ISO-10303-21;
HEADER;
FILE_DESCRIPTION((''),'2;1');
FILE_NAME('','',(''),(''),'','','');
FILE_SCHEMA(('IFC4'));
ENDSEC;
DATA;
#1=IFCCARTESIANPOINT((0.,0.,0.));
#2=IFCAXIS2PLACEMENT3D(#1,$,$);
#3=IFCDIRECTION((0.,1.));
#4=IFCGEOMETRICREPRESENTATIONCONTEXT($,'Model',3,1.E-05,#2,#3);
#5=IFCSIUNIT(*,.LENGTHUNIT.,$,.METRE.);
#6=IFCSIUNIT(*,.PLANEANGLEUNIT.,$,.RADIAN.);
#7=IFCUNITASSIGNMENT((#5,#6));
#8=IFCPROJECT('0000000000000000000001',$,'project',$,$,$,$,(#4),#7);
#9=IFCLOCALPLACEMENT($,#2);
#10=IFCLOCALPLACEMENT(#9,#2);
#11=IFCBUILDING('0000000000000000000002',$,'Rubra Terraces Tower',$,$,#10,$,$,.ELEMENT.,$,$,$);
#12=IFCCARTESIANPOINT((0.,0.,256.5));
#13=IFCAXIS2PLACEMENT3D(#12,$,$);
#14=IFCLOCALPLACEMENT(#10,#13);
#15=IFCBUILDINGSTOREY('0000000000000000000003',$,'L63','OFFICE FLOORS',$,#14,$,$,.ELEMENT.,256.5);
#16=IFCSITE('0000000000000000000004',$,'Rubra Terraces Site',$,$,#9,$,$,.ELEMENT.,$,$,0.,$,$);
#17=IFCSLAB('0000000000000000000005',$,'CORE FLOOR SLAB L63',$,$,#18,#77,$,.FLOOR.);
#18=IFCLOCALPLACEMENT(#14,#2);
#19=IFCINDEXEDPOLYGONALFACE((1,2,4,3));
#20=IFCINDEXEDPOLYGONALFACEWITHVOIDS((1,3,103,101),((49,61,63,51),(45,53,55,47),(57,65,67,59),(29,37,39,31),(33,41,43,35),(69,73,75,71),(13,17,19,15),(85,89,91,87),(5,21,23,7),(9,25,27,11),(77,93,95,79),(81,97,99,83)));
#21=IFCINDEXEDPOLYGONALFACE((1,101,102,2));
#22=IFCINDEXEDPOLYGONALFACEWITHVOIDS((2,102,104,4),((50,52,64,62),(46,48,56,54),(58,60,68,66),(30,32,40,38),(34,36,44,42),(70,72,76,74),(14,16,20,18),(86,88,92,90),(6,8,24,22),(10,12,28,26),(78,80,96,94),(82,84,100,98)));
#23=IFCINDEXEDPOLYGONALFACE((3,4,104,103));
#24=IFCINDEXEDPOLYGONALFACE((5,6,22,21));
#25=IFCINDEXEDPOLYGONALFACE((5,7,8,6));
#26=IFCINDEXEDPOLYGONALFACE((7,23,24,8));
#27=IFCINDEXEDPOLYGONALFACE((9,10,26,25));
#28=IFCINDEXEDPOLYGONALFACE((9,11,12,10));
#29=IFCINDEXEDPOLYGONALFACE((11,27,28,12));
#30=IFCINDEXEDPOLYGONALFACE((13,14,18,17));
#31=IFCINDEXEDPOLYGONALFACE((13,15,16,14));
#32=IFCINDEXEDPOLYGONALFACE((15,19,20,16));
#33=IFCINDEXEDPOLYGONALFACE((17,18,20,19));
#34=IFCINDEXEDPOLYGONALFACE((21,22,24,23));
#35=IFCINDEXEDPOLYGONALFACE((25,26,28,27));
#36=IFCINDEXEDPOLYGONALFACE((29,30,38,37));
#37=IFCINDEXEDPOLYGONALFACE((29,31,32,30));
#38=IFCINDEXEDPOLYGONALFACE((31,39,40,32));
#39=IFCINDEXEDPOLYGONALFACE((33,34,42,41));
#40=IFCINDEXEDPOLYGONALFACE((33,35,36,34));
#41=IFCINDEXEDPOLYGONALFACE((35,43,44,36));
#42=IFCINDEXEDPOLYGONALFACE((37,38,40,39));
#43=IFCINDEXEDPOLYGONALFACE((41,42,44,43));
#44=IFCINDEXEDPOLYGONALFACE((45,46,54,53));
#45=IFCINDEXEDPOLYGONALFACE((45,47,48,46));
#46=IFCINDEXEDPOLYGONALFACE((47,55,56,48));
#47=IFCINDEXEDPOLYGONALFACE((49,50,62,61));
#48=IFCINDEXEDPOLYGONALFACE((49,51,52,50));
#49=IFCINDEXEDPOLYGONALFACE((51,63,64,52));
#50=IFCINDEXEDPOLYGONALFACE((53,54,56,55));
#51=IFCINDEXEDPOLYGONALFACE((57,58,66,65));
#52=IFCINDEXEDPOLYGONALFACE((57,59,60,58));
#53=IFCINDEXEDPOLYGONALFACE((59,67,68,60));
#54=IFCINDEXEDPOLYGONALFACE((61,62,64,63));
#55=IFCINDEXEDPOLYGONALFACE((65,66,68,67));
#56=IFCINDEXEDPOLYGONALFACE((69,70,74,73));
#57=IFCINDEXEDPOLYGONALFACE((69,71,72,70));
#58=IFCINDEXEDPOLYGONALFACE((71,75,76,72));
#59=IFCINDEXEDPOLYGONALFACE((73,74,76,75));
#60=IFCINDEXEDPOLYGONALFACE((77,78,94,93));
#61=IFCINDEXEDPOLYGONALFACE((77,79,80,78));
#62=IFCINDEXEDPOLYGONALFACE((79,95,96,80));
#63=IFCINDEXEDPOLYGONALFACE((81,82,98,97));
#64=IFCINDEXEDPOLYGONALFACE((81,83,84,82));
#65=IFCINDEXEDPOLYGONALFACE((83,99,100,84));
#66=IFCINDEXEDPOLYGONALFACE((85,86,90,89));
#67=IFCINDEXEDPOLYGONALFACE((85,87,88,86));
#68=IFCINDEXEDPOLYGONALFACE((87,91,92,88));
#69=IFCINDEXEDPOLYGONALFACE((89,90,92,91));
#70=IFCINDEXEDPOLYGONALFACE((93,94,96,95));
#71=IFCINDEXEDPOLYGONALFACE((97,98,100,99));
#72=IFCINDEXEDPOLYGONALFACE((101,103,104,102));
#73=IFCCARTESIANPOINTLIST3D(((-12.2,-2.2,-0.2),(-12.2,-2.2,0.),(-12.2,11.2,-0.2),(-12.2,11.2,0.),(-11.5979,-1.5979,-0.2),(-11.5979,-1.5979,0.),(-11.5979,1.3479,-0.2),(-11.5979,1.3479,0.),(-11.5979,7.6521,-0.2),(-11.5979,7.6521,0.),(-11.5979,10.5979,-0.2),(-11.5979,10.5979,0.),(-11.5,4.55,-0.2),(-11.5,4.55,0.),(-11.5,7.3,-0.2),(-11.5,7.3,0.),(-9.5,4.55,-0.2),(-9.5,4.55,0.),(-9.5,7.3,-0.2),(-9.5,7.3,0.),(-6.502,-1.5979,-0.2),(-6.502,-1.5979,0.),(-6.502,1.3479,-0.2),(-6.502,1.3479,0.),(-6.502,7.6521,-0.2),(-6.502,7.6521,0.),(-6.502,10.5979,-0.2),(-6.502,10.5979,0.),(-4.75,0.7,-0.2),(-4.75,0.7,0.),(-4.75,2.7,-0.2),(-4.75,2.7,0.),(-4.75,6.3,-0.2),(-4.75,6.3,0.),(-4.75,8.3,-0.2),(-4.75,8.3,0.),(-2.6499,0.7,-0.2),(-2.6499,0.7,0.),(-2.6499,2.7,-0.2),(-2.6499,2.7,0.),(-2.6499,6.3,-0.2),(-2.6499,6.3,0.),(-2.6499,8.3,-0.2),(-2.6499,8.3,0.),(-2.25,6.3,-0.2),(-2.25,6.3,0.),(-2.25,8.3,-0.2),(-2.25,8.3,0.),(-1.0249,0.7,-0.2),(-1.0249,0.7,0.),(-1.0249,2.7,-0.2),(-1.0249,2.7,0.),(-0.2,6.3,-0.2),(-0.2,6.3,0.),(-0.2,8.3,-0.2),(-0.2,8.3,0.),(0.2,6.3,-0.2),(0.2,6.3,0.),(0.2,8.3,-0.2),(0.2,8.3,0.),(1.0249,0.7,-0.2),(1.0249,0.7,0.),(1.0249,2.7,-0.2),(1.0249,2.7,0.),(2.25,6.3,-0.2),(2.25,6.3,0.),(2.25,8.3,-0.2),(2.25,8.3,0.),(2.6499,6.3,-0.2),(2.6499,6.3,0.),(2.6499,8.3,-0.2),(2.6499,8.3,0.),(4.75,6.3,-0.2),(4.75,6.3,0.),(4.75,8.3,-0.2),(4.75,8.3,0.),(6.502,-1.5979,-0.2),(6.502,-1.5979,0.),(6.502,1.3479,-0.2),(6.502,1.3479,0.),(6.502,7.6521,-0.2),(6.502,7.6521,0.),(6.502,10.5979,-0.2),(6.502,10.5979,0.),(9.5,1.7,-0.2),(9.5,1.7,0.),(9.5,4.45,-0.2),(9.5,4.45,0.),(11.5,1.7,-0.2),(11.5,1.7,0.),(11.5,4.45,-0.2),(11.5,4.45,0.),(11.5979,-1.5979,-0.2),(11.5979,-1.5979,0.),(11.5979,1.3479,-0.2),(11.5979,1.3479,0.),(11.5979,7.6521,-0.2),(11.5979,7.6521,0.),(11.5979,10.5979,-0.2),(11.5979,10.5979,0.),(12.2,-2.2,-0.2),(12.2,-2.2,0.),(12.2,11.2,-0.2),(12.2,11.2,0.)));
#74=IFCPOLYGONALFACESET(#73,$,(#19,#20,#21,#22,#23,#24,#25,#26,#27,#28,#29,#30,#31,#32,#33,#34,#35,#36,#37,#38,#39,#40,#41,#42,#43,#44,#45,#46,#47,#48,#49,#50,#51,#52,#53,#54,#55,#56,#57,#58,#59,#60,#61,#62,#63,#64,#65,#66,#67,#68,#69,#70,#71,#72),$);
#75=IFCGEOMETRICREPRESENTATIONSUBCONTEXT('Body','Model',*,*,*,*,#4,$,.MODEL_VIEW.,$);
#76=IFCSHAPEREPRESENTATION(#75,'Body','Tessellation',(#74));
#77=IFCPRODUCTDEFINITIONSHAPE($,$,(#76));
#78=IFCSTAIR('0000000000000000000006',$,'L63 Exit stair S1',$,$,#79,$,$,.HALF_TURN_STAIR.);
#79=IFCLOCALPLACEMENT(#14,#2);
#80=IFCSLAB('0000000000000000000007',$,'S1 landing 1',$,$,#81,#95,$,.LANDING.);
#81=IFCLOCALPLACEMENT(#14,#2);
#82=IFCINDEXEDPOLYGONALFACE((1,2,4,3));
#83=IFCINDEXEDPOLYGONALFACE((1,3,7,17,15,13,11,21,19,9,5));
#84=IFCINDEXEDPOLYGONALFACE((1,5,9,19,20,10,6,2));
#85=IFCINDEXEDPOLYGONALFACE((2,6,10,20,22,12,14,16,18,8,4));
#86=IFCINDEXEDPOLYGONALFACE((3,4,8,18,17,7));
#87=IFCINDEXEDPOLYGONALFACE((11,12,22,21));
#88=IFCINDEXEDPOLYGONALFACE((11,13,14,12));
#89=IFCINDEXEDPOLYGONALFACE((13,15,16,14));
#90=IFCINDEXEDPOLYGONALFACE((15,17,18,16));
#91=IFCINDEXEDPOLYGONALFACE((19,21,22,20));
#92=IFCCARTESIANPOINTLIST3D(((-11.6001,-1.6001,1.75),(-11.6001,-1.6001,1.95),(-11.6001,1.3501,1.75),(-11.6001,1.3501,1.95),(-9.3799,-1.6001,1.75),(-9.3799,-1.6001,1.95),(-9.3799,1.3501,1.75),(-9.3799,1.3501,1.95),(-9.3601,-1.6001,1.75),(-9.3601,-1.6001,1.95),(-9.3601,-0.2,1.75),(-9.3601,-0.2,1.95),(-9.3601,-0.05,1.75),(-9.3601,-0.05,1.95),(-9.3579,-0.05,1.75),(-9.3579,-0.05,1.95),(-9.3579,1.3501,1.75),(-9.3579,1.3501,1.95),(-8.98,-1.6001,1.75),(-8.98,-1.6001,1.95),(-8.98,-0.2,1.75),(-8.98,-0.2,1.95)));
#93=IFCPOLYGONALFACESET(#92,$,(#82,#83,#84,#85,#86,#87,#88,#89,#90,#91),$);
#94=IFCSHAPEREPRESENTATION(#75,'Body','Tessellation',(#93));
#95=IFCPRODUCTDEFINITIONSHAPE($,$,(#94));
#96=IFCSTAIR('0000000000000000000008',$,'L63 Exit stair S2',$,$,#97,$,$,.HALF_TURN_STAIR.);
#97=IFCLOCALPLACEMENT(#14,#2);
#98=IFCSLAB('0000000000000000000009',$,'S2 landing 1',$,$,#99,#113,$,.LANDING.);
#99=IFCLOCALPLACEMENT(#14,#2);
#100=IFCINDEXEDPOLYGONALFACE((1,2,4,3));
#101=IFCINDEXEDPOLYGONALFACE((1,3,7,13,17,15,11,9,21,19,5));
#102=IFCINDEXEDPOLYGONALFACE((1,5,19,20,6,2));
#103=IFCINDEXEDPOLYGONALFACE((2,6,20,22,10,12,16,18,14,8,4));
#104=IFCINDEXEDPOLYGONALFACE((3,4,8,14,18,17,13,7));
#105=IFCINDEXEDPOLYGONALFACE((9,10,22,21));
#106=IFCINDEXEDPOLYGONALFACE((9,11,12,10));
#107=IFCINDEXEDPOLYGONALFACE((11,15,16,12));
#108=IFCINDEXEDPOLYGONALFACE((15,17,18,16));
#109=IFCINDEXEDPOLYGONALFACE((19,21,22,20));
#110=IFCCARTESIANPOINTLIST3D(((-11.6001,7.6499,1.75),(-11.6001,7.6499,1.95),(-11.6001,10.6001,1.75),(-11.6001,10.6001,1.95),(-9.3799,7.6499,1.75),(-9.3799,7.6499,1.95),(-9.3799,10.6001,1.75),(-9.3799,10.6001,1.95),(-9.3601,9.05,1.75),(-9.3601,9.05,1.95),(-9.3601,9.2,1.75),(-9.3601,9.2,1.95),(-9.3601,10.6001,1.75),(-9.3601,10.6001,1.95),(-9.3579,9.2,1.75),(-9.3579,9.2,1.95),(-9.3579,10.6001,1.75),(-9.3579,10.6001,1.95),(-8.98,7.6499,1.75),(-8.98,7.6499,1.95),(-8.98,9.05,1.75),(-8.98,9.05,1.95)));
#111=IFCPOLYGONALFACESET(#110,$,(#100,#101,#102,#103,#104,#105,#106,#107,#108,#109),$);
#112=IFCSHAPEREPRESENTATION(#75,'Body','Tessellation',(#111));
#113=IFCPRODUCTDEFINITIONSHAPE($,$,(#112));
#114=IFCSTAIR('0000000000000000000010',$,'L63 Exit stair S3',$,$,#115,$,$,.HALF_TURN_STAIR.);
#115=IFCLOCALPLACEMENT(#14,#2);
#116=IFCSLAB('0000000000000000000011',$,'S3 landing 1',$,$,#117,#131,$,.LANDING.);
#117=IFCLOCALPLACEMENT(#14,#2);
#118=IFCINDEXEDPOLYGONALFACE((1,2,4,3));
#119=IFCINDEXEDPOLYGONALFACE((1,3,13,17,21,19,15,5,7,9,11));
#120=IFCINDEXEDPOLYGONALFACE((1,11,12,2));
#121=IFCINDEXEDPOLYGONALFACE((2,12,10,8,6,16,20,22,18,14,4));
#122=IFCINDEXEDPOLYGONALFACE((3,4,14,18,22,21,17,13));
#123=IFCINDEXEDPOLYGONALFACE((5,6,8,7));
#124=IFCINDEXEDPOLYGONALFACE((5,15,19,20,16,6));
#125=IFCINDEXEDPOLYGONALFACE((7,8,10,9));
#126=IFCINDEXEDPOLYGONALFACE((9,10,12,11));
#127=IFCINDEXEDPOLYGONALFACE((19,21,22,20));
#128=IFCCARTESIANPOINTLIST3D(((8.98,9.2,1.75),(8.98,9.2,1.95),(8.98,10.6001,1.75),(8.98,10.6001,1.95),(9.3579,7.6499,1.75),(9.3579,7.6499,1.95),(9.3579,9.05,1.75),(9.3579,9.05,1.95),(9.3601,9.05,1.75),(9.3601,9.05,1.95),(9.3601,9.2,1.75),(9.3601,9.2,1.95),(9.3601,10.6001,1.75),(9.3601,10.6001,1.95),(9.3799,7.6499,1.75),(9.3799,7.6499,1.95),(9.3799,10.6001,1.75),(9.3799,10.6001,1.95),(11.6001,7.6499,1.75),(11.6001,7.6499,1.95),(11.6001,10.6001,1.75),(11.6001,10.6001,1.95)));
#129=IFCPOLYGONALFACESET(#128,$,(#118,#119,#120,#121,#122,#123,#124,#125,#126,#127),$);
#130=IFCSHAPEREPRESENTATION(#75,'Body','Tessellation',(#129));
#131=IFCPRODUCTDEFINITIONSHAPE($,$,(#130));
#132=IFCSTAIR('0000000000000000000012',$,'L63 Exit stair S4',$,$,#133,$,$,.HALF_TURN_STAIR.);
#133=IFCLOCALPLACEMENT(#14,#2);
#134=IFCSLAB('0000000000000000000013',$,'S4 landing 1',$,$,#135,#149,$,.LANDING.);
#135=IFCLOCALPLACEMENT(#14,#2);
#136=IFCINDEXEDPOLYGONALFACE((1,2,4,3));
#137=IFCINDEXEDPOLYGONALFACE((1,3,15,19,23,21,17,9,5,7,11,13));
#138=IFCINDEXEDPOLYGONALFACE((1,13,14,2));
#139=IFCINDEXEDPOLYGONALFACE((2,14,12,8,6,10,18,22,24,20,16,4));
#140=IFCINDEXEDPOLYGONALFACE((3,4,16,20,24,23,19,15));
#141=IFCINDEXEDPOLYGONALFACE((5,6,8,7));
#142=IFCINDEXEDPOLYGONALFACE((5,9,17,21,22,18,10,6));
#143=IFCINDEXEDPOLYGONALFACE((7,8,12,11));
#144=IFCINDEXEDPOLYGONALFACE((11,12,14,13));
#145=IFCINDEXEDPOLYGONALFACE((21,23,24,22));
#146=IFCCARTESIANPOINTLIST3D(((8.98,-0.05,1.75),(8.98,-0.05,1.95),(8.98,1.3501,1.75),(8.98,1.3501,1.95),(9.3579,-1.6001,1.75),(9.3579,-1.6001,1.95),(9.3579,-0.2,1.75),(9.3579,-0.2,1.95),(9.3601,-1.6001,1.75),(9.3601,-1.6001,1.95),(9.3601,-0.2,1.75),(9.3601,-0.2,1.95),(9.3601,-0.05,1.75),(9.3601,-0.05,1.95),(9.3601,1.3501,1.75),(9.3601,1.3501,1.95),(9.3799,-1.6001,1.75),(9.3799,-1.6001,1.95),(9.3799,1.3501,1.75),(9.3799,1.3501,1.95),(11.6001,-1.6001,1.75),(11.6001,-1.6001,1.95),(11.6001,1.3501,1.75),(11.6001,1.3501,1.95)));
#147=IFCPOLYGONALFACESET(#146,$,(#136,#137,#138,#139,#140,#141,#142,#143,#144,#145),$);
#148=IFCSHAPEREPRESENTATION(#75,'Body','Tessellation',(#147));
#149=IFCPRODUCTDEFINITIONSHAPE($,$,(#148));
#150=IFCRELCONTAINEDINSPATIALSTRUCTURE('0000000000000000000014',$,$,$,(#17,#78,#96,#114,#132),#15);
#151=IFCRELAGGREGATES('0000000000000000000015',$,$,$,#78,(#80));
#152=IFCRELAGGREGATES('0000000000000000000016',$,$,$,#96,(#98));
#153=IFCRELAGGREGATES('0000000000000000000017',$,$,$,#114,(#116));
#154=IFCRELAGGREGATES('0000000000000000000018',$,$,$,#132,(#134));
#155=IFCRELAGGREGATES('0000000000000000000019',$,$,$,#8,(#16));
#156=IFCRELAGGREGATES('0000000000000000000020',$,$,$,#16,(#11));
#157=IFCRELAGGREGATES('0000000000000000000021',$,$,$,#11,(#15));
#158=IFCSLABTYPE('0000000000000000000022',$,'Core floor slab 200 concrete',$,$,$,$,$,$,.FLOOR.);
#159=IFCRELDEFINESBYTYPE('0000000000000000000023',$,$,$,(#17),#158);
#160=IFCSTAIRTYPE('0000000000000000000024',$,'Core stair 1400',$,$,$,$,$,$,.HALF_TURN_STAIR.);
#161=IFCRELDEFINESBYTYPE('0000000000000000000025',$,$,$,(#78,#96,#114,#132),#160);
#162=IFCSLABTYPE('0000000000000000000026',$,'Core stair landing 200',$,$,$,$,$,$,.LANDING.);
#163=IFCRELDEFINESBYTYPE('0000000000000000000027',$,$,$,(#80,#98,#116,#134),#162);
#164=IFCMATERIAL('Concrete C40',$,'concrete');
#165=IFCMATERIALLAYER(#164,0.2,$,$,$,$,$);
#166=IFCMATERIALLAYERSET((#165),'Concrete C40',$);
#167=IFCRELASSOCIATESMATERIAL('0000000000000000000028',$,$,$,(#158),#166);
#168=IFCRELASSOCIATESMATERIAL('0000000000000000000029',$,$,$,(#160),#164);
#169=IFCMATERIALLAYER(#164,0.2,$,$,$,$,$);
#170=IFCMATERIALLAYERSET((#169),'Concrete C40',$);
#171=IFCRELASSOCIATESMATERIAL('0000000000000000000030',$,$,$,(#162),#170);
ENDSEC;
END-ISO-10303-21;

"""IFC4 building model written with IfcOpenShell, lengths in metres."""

from ifc_helpers import new_model, si_unit, direction, frame, origin, place, context, subcontext, project, spatial, polyline, outline, extrude, material, layer, layer_set, type_object, element, aggregate, save


model = new_model("IFC4")

# Units and contexts
model_context = context("Model", 3, precision=1e-05, world=origin(), true_north=direction((0.0, 1.0)))
body_context = subcontext(model_context, "Body", "Model", "MODEL_VIEW")
ifc_project = project(units=[si_unit("LENGTHUNIT", "METRE"), si_unit("PLANEANGLEUNIT", "RADIAN")], contexts=[model_context])

# Site, building, storey
site_placement = place(None, origin())
site = spatial("IfcSite", under=ifc_project, at=site_placement, Name="Rubra Terraces Site", CompositionType="ELEMENT", RefElevation=0.0)
building_placement = place(site_placement, origin())
building = spatial("IfcBuilding", under=site, at=building_placement, Name="Rubra Terraces Tower", CompositionType="ELEMENT")
storey_placement = place(building_placement, frame((0.0, 0.0, 256.5)))
storey = spatial("IfcBuildingStorey", under=building, at=storey_placement, Name="L63", Description="OFFICE FLOORS", CompositionType="ELEMENT", Elevation=256.5)

# Slab
ifc_material_1 = material(Name="Concrete C40", Category="concrete")
ifc_layer_1 = layer(ifc_material_1, 0.2)
ifc_layer_set_1 = layer_set([ifc_layer_1], Name="Concrete C40")
slab_type_1 = type_object("IfcSlabType", Name="Core floor slab 200 concrete", PredefinedType="FLOOR", material=ifc_layer_set_1)
slab_1_placement = place(storey_placement, frame((0.0, 0.0, -0.2)))
element("IfcSlab", 1, at=slab_1_placement, inside=storey, type_object=slab_type_1, Name="CORE FLOOR SLAB L63", PredefinedType="FLOOR", context=body_context, shape_type="SweptSolid", body=[
    extrude(outline(polyline([(-12.2, -2.2), (-12.2, 11.2), (12.2, 11.2), (12.2, -2.2), (-12.2, -2.2)]), holes=[polyline([(11.5979, 1.3479), (6.502, 1.3479), (6.502, -1.5979), (11.5979, -1.5979), (11.5979, 1.3479)]), polyline([(11.5979, 7.6521), (11.5979, 10.5979), (6.502, 10.5979), (6.502, 7.6521), (11.5979, 7.6521)]), polyline([(9.5, 1.7), (11.5, 1.7), (11.5, 4.45), (9.5, 4.45), (9.5, 1.7)]), polyline([(4.75, 6.3), (4.75, 8.3), (2.6499, 8.3), (2.6499, 6.3), (4.75, 6.3)]), polyline([(2.25, 8.3), (0.2, 8.3), (0.2, 6.3), (2.25, 6.3), (2.25, 8.3)]), polyline([(1.0249, 0.7), (1.0249, 2.7), (-1.0249, 2.7), (-1.0249, 0.7), (1.0249, 0.7)]), polyline([(-0.2, 6.3), (-0.2, 8.3), (-2.25, 8.3), (-2.25, 6.3), (-0.2, 6.3)]), polyline([(-4.75, 8.3), (-4.75, 6.3), (-2.6499, 6.3), (-2.6499, 8.3), (-4.75, 8.3)]), polyline([(-2.6499, 0.7), (-2.6499, 2.7), (-4.75, 2.7), (-4.75, 0.7), (-2.6499, 0.7)]), polyline([(-11.5979, -1.5979), (-6.502, -1.5979), (-6.502, 1.3479), (-11.5979, 1.3479), (-11.5979, -1.5979)]), polyline([(-11.5979, 10.5979), (-11.5979, 7.6521), (-6.502, 7.6521), (-6.502, 10.5979), (-11.5979, 10.5979)]), polyline([(-9.5, 4.55), (-9.5, 7.3), (-11.5, 7.3), (-11.5, 4.55), (-9.5, 4.55)])]), origin(), (0.0, 0.0, 1.0), 0.2),
])

# Stairs, slabs
stair_type = type_object("IfcStairType", Name="Core stair 1400", PredefinedType="HALF_TURN_STAIR", material=ifc_material_1)
stair_1_placement = place(storey_placement, origin())
stair_1 = element("IfcStair", 2, at=stair_1_placement, inside=storey, type_object=stair_type, Name="L63 Exit stair S1", PredefinedType="HALF_TURN_STAIR")
ifc_layer_2 = layer(ifc_material_1, 0.2)
ifc_layer_set_2 = layer_set([ifc_layer_2], Name="Concrete C40")
slab_type_2 = type_object("IfcSlabType", Name="Core stair landing 200", PredefinedType="LANDING", material=ifc_layer_set_2)
slab_2_placement = place(storey_placement, frame((0.0, 0.0, 1.75)))
slab_2 = element("IfcSlab", 3, at=slab_2_placement, type_object=slab_type_2, Name="S1 landing 1", PredefinedType="LANDING", context=body_context, shape_type="SweptSolid", body=[
    extrude(outline(polyline([(-8.98, -0.2), (-8.98, -1.6001), (-9.3601, -1.6001), (-9.3799, -1.6001), (-11.6001, -1.6001), (-11.6001, 1.3501), (-9.3799, 1.3501), (-9.3579, 1.3501), (-9.3579, -0.05), (-9.3601, -0.05), (-9.3601, -0.2), (-8.98, -0.2)])), origin(), (0.0, 0.0, 1.0), 0.2),
])
aggregate(stair_1, [slab_2])
stair_2_placement = place(storey_placement, origin())
stair_2 = element("IfcStair", 4, at=stair_2_placement, inside=storey, type_object=stair_type, Name="L63 Exit stair S2", PredefinedType="HALF_TURN_STAIR")
slab_3_placement = place(storey_placement, frame((0.0, 0.0, 1.75)))
slab_3 = element("IfcSlab", 5, at=slab_3_placement, type_object=slab_type_2, Name="S2 landing 1", PredefinedType="LANDING", context=body_context, shape_type="SweptSolid", body=[
    extrude(outline(polyline([(-8.98, 9.05), (-8.98, 7.6499), (-9.3799, 7.6499), (-11.6001, 7.6499), (-11.6001, 10.6001), (-9.3799, 10.6001), (-9.3601, 10.6001), (-9.3579, 10.6001), (-9.3579, 9.2), (-9.3601, 9.2), (-9.3601, 9.05), (-8.98, 9.05)])), origin(), (0.0, 0.0, 1.0), 0.2),
])
aggregate(stair_2, [slab_3])
stair_3_placement = place(storey_placement, origin())
stair_3 = element("IfcStair", 6, at=stair_3_placement, inside=storey, type_object=stair_type, Name="L63 Exit stair S3", PredefinedType="HALF_TURN_STAIR")
slab_4_placement = place(storey_placement, frame((0.0, 0.0, 1.75)))
slab_4 = element("IfcSlab", 7, at=slab_4_placement, type_object=slab_type_2, Name="S3 landing 1", PredefinedType="LANDING", context=body_context, shape_type="SweptSolid", body=[
    extrude(outline(polyline([(9.3601, 9.05), (9.3601, 9.2), (8.98, 9.2), (8.98, 10.6001), (9.3601, 10.6001), (9.3799, 10.6001), (11.6001, 10.6001), (11.6001, 7.6499), (9.3799, 7.6499), (9.3579, 7.6499), (9.3579, 9.05), (9.3601, 9.05)])), origin(), (0.0, 0.0, 1.0), 0.2),
])
aggregate(stair_3, [slab_4])
stair_4_placement = place(storey_placement, origin())
stair_4 = element("IfcStair", 8, at=stair_4_placement, inside=storey, type_object=stair_type, Name="L63 Exit stair S4", PredefinedType="HALF_TURN_STAIR")
slab_5_placement = place(storey_placement, frame((0.0, 0.0, 1.75)))
slab_5 = element("IfcSlab", 9, at=slab_5_placement, type_object=slab_type_2, Name="S4 landing 1", PredefinedType="LANDING", context=body_context, shape_type="SweptSolid", body=[
    extrude(outline(polyline([(9.3601, -0.2), (9.3601, -0.05), (8.98, -0.05), (8.98, 1.3501), (9.3601, 1.3501), (9.3799, 1.3501), (11.6001, 1.3501), (11.6001, -1.6001), (9.3799, -1.6001), (9.3601, -1.6001), (9.3579, -1.6001), (9.3579, -0.2), (9.3601, -0.2)])), origin(), (0.0, 0.0, 1.0), 0.2),
])

aggregate(stair_4, [slab_5])

save(model, "model.ifc")
